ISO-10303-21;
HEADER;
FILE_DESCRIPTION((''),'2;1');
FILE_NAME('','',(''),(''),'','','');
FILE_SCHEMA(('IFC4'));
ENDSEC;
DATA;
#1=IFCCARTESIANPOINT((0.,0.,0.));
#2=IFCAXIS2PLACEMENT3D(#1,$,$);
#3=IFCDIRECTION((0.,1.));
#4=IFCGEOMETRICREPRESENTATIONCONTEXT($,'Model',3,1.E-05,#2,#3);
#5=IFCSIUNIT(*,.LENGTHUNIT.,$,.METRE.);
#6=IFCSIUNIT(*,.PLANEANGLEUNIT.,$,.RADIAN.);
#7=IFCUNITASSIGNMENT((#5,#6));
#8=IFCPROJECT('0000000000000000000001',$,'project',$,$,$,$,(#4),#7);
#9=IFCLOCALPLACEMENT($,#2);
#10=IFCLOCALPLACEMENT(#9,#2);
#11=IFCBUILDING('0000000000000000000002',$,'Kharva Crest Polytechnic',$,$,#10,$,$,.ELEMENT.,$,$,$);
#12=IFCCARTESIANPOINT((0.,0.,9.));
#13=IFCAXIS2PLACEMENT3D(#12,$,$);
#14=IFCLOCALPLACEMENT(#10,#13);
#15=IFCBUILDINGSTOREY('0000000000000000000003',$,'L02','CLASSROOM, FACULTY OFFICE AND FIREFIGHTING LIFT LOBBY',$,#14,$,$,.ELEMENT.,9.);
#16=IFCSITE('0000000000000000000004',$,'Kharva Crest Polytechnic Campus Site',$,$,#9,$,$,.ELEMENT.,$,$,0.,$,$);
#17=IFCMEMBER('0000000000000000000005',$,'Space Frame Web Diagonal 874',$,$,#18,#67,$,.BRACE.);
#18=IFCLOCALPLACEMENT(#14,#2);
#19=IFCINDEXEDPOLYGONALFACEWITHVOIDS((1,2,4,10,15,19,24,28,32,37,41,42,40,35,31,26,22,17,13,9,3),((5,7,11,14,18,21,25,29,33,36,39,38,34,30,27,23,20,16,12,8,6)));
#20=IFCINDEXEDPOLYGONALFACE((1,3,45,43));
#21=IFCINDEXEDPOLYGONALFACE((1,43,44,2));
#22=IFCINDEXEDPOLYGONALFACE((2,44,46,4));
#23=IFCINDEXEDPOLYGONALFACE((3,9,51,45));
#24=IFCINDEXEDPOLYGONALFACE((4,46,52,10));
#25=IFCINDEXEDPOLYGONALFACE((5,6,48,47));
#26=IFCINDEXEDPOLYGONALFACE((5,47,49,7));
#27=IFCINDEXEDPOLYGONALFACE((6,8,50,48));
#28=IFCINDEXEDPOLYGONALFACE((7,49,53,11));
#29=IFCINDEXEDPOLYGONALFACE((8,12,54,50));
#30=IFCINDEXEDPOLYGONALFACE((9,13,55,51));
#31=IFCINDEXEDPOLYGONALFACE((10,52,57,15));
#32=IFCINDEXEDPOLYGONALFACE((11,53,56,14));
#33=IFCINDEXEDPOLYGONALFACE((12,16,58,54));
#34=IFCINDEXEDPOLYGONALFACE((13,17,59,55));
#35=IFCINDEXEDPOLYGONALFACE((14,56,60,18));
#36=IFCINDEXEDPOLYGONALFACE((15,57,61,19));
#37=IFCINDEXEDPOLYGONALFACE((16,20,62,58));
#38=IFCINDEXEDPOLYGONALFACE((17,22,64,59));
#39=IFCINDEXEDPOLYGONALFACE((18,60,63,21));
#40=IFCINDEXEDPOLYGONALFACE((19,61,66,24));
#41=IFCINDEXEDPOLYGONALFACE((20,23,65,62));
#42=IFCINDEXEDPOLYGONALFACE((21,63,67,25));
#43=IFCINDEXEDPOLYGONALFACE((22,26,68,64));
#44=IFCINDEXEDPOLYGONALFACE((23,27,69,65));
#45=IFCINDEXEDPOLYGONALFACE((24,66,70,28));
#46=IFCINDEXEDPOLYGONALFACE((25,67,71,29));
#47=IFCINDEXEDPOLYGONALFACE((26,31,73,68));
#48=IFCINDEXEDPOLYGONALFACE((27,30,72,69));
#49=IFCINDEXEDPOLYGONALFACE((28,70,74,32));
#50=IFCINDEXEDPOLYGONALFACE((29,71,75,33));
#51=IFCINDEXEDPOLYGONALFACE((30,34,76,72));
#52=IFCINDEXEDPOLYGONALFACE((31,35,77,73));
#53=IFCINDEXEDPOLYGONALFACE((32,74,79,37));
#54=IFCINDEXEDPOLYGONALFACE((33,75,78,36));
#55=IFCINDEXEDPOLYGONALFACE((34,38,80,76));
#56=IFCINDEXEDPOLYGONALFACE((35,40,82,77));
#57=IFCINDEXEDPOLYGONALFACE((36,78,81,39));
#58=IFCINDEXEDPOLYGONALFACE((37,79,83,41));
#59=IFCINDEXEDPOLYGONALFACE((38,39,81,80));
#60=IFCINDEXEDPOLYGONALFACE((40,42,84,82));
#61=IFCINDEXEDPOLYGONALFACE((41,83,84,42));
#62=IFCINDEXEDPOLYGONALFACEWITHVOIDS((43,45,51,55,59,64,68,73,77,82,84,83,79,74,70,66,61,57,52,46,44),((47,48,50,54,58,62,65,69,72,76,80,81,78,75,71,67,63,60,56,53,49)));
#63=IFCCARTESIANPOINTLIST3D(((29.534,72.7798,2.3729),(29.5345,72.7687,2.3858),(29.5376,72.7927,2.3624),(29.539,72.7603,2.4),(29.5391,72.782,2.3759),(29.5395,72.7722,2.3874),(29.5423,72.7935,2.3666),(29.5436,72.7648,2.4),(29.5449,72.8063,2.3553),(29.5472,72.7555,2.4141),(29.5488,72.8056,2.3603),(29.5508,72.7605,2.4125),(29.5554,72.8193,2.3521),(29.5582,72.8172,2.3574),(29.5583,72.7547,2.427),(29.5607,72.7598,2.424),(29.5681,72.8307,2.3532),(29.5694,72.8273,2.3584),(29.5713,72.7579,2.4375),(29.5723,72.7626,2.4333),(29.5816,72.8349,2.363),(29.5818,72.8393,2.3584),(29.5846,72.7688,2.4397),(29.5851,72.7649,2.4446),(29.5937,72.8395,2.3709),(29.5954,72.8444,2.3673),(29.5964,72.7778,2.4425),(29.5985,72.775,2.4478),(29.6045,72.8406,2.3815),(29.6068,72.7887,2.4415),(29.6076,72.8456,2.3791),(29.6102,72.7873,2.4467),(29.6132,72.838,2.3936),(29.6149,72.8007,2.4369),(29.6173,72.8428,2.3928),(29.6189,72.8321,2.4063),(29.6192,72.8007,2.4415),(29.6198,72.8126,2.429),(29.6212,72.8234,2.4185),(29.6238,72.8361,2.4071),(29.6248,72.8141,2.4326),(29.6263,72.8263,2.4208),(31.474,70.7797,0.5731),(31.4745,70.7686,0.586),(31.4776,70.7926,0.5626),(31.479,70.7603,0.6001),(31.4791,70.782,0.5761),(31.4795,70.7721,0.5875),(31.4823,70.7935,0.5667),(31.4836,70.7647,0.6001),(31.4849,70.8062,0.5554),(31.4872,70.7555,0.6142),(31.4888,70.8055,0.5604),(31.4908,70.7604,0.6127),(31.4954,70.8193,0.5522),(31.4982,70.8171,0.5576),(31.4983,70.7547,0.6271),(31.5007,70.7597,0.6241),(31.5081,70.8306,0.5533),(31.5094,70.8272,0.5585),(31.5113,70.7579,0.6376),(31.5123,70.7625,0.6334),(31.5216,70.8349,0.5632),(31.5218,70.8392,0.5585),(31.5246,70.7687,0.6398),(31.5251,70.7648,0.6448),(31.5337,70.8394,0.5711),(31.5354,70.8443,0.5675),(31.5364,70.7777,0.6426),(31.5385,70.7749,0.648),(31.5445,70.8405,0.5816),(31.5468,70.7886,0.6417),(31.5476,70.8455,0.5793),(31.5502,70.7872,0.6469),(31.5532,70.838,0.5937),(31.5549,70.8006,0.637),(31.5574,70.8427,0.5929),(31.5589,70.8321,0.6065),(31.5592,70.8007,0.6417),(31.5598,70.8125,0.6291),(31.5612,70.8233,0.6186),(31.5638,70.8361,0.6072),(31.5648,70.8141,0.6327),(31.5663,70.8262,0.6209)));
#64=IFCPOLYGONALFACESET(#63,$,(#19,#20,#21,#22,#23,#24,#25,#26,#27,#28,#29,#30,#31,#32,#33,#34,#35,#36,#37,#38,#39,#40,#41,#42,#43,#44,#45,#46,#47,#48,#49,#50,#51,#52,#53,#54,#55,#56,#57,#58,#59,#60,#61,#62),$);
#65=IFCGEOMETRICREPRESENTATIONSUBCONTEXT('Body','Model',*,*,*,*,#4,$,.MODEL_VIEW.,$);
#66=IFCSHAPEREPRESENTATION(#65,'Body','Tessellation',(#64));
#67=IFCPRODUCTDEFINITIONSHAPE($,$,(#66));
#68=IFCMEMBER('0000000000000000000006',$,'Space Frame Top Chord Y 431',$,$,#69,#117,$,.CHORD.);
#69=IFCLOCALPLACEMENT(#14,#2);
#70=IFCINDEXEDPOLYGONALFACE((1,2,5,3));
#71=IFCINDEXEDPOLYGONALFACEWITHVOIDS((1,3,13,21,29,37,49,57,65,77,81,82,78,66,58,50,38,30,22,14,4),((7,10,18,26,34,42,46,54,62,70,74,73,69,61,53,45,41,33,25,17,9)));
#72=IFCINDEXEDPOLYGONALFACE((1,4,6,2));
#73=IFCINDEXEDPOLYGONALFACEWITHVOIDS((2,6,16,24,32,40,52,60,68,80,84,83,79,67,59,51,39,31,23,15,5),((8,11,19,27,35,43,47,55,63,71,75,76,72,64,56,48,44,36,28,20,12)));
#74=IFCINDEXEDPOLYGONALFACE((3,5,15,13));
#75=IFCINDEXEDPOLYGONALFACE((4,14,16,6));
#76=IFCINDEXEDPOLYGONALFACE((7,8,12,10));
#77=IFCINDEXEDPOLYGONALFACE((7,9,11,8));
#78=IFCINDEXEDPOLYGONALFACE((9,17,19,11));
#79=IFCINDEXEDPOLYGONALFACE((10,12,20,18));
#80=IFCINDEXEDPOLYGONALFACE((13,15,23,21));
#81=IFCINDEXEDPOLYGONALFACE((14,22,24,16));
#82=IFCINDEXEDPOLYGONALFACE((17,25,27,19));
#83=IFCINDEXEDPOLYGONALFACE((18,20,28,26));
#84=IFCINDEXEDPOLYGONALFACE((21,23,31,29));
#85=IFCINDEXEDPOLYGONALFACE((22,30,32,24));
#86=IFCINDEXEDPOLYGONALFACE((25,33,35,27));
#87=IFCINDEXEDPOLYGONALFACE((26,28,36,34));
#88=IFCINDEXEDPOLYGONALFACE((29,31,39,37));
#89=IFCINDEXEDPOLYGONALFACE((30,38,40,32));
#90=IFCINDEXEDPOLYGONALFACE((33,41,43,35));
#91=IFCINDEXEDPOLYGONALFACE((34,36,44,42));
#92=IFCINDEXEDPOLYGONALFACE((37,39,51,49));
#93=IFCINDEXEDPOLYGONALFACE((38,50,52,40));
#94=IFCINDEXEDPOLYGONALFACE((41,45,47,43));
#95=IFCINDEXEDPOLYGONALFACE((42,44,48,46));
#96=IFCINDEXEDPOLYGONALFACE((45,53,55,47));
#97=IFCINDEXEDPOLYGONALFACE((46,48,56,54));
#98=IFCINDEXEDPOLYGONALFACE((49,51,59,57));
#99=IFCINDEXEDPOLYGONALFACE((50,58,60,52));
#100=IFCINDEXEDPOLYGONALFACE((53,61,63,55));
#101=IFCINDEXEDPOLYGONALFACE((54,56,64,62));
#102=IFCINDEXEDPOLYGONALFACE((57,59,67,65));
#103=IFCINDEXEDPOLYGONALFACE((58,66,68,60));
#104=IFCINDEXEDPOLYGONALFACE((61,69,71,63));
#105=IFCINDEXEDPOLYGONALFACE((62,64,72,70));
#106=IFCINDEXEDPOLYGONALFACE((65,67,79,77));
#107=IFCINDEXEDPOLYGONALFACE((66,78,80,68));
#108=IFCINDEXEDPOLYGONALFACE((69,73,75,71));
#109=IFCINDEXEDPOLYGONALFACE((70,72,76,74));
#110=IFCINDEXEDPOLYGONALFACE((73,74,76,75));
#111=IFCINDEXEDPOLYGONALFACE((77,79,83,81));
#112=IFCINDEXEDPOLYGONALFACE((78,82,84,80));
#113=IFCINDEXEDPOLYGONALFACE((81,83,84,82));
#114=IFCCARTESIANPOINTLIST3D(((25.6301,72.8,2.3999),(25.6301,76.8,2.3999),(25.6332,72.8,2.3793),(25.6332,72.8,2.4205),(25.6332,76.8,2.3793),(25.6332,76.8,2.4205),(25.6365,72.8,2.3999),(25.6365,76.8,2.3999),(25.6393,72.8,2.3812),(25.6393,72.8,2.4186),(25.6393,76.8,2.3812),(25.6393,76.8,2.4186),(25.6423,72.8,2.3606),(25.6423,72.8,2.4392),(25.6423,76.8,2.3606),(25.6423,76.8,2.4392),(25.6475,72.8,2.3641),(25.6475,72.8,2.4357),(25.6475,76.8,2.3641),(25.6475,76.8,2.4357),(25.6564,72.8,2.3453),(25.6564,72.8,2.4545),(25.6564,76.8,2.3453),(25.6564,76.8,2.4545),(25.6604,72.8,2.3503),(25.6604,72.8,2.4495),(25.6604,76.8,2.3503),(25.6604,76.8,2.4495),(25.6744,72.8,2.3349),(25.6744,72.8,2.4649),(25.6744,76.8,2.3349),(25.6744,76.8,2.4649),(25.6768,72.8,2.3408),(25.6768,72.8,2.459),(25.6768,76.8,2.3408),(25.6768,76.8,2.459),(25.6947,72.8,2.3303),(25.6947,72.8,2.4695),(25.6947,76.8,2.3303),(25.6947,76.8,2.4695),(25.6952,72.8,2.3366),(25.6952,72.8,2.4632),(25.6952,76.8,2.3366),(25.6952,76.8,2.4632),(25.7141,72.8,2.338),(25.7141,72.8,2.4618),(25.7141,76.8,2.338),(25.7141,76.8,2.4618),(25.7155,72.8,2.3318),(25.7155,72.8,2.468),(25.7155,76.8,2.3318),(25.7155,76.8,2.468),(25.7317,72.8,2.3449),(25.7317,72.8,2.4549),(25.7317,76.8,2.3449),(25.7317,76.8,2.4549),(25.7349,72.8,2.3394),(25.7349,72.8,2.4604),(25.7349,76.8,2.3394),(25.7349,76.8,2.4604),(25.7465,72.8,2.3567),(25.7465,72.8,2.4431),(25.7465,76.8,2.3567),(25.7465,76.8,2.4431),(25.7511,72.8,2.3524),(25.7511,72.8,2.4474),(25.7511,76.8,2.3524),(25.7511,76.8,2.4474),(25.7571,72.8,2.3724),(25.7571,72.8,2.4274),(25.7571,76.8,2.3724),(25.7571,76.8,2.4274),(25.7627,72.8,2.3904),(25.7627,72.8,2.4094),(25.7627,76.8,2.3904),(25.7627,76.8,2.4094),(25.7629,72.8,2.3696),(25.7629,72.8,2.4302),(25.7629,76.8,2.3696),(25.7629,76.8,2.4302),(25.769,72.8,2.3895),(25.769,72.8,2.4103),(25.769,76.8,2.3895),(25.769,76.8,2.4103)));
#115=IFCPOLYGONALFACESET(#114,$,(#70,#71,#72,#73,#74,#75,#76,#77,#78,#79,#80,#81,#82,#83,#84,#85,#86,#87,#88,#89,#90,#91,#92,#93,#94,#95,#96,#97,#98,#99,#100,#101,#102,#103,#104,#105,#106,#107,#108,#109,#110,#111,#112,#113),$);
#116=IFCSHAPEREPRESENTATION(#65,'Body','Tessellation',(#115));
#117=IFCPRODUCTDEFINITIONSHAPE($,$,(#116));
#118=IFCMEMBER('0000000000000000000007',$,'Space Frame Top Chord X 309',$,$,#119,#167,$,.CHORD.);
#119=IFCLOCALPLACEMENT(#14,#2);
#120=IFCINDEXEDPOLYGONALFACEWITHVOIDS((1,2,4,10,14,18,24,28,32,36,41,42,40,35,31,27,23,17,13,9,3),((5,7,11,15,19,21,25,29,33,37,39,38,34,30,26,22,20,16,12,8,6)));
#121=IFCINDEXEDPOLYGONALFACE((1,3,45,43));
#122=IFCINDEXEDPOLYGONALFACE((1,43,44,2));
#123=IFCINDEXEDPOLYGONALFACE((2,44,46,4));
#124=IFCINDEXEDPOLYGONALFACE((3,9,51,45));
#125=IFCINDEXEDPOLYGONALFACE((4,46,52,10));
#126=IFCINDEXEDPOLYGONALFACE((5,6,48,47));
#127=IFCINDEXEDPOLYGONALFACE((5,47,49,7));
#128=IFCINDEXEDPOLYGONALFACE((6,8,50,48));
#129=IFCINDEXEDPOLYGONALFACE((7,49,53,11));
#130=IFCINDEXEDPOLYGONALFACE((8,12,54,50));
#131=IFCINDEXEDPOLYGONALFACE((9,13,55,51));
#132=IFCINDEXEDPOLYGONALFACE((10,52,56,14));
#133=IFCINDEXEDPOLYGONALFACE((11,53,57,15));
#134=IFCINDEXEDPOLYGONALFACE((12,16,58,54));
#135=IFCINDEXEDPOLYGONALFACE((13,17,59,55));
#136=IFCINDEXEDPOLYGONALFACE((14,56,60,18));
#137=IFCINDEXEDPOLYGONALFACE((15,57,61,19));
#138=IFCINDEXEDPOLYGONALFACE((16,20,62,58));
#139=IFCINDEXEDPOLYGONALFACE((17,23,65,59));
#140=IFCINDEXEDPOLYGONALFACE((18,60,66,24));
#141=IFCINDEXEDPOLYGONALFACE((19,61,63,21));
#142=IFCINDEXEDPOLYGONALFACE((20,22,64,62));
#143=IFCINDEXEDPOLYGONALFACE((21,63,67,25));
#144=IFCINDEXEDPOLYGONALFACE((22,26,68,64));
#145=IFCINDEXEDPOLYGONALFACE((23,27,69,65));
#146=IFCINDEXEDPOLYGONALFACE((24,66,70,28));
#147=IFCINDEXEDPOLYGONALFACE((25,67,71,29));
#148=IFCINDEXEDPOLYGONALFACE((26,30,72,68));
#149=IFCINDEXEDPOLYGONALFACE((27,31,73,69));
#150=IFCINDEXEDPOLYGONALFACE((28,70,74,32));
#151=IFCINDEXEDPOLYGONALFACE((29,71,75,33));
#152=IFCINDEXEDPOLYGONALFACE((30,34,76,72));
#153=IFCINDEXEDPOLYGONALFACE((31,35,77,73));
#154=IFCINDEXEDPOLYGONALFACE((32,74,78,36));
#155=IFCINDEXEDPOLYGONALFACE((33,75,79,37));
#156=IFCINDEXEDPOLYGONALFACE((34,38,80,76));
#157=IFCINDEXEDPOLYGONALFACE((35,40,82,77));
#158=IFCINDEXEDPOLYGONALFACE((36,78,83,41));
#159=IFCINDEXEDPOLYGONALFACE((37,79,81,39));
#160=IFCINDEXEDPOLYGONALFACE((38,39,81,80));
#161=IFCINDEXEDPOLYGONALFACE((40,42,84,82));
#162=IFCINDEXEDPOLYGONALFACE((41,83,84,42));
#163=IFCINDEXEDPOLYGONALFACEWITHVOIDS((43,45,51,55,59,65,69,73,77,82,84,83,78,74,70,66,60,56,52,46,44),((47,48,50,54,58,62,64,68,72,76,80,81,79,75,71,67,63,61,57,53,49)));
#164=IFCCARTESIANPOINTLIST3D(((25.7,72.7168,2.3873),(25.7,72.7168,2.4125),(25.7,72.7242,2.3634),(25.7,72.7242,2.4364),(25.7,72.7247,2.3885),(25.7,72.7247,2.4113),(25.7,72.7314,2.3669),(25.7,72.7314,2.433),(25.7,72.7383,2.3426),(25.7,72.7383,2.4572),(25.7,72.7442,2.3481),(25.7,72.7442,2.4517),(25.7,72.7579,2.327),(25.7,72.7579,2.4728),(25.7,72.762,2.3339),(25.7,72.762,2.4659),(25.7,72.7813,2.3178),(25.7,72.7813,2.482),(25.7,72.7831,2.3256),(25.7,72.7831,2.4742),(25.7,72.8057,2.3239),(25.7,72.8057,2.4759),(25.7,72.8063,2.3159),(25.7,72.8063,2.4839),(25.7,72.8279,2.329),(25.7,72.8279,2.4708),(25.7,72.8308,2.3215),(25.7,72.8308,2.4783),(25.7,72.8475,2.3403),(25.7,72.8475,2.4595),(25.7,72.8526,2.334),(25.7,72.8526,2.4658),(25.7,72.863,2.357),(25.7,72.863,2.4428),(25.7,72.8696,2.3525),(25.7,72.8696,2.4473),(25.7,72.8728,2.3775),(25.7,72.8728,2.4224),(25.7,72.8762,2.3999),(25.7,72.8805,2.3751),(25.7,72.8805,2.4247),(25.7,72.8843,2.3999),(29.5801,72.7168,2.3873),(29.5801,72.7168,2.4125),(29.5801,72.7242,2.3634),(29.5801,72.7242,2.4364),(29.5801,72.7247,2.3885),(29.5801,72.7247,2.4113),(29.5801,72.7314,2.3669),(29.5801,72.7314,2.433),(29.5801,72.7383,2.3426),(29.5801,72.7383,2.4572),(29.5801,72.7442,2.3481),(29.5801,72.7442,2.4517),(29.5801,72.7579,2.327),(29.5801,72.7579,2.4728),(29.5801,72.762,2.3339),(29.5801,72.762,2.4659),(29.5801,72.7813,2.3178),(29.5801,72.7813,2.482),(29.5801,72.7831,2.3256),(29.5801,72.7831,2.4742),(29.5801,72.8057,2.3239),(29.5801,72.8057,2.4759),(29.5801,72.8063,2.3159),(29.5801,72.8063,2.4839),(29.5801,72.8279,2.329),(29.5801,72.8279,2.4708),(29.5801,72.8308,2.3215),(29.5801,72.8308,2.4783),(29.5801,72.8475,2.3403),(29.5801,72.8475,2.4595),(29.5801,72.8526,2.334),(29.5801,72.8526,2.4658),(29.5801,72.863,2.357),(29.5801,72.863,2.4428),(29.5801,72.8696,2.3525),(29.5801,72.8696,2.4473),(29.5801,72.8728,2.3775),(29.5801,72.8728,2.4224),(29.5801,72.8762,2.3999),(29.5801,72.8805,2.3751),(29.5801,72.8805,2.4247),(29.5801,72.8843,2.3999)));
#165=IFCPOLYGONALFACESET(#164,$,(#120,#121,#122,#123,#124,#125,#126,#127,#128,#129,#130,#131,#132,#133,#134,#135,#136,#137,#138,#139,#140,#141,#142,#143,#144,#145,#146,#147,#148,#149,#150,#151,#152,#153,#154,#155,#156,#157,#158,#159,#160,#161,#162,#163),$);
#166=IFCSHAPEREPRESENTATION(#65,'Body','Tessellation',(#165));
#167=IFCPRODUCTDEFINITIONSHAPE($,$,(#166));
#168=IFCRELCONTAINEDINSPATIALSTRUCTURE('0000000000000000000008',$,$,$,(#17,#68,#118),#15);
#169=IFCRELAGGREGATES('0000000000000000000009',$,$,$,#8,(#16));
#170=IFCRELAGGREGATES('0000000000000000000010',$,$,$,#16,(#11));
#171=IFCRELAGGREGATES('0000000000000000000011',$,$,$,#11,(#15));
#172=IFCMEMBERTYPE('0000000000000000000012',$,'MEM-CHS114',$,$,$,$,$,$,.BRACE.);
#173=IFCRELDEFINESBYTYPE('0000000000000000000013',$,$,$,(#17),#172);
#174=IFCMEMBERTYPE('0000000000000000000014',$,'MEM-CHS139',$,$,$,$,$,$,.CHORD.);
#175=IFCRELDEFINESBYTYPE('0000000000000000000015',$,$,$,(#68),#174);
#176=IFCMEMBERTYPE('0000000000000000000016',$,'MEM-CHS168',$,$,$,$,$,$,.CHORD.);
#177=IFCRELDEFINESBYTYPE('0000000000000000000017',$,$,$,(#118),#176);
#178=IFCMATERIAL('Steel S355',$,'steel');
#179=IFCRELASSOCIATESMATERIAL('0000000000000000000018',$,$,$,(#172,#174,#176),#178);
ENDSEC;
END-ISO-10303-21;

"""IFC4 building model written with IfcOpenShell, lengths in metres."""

from ifc_helpers import new_model, si_unit, direction, frame, origin, origin_2d, place, context, subcontext, project, spatial, hollow_circle, extrude, material, material_profile, profile_set, type_object, element, save


model = new_model("IFC4")

# Units and contexts
model_context = context("Model", 3, precision=1e-05, world=origin(), true_north=direction((0.0, 1.0)))
body_context = subcontext(model_context, "Body", "Model", "MODEL_VIEW")
ifc_project = project(units=[si_unit("LENGTHUNIT", "METRE"), si_unit("PLANEANGLEUNIT", "RADIAN")], contexts=[model_context])

# Site, building, storey
site_placement = place(None, origin())
site = spatial("IfcSite", under=ifc_project, at=site_placement, Name="Kharva Crest Polytechnic Campus Site", CompositionType="ELEMENT", RefElevation=0.0)
building_placement = place(site_placement, origin())
building = spatial("IfcBuilding", under=site, at=building_placement, Name="Kharva Crest Polytechnic", CompositionType="ELEMENT")
storey_placement = place(building_placement, frame((0.0, 0.0, 9.0)))
storey = spatial("IfcBuildingStorey", under=building, at=storey_placement, Name="L02", Description="CLASSROOM, FACULTY OFFICE AND FIREFIGHTING LIFT LOBBY", CompositionType="ELEMENT", Elevation=9.0)

# Shared definitions
ifc_material_1 = material(Name="Steel S355", Category="steel")

# Members
ifc_material_profile_1 = material_profile(ifc_material_1, hollow_circle(Radius=0.0571, WallThickness=0.0063, at=origin_2d()), Name="CHS 114.3X6.3")
ifc_profile_set_1 = profile_set([ifc_material_profile_1], Name="Steel S355")
member_type_1 = type_object("IfcMemberType", Name="MEM-CHS114", PredefinedType="BRACE", material=ifc_profile_set_1)
for number, where, z_axis, x_axis, name in (
    (1, (31.52, 70.8, 0.6001), (-0.584843, 0.60295, 0.542596), (-0.717802, -0.696247, 0.0), "Space Frame Web Diagonal 874"),
):
    element("IfcMember", number, at=place(storey_placement, frame(where, z_axis=z_axis, x_axis=x_axis)), inside=storey, type_object=member_type_1, Name=name, PredefinedType="BRACE", context=body_context, shape_type="SweptSolid", body=[
        extrude(hollow_circle(Radius=0.0571, WallThickness=0.0063, at=origin_2d()), origin(), (0.0, 0.0, 1.0), 3.3171),
    ])
ifc_material_profile_2 = material_profile(ifc_material_1, hollow_circle(Radius=0.0698, WallThickness=0.0063, at=origin_2d()), Name="CHS 139.7X6.3")
ifc_profile_set_2 = profile_set([ifc_material_profile_2], Name="Steel S355")
member_type_2 = type_object("IfcMemberType", Name="MEM-CHS139", PredefinedType="CHORD", material=ifc_profile_set_2)
member_1_placement = place(storey_placement, frame((25.7, 72.8, 2.3999), z_axis=(0.0, 1.0, 0.0), x_axis=(-1.0, 0.0, 0.0)))
element("IfcMember", 2, at=member_1_placement, inside=storey, type_object=member_type_2, Name="Space Frame Top Chord Y 431", PredefinedType="CHORD", context=body_context, shape_type="SweptSolid", body=[
    extrude(hollow_circle(Radius=0.0698, WallThickness=0.0063, at=origin_2d()), origin(), (0.0, 0.0, 1.0), 4.0),
])
ifc_material_profile_3 = material_profile(ifc_material_1, hollow_circle(Radius=0.0842, WallThickness=0.0081, at=origin_2d()), Name="CHS 168.3X8.0")
ifc_profile_set_3 = profile_set([ifc_material_profile_3], Name="Steel S355")
member_type_3 = type_object("IfcMemberType", Name="MEM-CHS168", PredefinedType="CHORD", material=ifc_profile_set_3)
member_2_placement = place(storey_placement, frame((25.7, 72.8, 2.3999), z_axis=(1.0, 0.0, 0.0), x_axis=(0.0, 1.0, 0.0)))
element("IfcMember", 3, at=member_2_placement, inside=storey, type_object=member_type_3, Name="Space Frame Top Chord X 309", PredefinedType="CHORD", context=body_context, shape_type="SweptSolid", body=[
    extrude(hollow_circle(Radius=0.0842, WallThickness=0.0081, at=origin_2d()), origin(), (0.0, 0.0, 1.0), 3.8801),
])

save(model, "model.ifc")
